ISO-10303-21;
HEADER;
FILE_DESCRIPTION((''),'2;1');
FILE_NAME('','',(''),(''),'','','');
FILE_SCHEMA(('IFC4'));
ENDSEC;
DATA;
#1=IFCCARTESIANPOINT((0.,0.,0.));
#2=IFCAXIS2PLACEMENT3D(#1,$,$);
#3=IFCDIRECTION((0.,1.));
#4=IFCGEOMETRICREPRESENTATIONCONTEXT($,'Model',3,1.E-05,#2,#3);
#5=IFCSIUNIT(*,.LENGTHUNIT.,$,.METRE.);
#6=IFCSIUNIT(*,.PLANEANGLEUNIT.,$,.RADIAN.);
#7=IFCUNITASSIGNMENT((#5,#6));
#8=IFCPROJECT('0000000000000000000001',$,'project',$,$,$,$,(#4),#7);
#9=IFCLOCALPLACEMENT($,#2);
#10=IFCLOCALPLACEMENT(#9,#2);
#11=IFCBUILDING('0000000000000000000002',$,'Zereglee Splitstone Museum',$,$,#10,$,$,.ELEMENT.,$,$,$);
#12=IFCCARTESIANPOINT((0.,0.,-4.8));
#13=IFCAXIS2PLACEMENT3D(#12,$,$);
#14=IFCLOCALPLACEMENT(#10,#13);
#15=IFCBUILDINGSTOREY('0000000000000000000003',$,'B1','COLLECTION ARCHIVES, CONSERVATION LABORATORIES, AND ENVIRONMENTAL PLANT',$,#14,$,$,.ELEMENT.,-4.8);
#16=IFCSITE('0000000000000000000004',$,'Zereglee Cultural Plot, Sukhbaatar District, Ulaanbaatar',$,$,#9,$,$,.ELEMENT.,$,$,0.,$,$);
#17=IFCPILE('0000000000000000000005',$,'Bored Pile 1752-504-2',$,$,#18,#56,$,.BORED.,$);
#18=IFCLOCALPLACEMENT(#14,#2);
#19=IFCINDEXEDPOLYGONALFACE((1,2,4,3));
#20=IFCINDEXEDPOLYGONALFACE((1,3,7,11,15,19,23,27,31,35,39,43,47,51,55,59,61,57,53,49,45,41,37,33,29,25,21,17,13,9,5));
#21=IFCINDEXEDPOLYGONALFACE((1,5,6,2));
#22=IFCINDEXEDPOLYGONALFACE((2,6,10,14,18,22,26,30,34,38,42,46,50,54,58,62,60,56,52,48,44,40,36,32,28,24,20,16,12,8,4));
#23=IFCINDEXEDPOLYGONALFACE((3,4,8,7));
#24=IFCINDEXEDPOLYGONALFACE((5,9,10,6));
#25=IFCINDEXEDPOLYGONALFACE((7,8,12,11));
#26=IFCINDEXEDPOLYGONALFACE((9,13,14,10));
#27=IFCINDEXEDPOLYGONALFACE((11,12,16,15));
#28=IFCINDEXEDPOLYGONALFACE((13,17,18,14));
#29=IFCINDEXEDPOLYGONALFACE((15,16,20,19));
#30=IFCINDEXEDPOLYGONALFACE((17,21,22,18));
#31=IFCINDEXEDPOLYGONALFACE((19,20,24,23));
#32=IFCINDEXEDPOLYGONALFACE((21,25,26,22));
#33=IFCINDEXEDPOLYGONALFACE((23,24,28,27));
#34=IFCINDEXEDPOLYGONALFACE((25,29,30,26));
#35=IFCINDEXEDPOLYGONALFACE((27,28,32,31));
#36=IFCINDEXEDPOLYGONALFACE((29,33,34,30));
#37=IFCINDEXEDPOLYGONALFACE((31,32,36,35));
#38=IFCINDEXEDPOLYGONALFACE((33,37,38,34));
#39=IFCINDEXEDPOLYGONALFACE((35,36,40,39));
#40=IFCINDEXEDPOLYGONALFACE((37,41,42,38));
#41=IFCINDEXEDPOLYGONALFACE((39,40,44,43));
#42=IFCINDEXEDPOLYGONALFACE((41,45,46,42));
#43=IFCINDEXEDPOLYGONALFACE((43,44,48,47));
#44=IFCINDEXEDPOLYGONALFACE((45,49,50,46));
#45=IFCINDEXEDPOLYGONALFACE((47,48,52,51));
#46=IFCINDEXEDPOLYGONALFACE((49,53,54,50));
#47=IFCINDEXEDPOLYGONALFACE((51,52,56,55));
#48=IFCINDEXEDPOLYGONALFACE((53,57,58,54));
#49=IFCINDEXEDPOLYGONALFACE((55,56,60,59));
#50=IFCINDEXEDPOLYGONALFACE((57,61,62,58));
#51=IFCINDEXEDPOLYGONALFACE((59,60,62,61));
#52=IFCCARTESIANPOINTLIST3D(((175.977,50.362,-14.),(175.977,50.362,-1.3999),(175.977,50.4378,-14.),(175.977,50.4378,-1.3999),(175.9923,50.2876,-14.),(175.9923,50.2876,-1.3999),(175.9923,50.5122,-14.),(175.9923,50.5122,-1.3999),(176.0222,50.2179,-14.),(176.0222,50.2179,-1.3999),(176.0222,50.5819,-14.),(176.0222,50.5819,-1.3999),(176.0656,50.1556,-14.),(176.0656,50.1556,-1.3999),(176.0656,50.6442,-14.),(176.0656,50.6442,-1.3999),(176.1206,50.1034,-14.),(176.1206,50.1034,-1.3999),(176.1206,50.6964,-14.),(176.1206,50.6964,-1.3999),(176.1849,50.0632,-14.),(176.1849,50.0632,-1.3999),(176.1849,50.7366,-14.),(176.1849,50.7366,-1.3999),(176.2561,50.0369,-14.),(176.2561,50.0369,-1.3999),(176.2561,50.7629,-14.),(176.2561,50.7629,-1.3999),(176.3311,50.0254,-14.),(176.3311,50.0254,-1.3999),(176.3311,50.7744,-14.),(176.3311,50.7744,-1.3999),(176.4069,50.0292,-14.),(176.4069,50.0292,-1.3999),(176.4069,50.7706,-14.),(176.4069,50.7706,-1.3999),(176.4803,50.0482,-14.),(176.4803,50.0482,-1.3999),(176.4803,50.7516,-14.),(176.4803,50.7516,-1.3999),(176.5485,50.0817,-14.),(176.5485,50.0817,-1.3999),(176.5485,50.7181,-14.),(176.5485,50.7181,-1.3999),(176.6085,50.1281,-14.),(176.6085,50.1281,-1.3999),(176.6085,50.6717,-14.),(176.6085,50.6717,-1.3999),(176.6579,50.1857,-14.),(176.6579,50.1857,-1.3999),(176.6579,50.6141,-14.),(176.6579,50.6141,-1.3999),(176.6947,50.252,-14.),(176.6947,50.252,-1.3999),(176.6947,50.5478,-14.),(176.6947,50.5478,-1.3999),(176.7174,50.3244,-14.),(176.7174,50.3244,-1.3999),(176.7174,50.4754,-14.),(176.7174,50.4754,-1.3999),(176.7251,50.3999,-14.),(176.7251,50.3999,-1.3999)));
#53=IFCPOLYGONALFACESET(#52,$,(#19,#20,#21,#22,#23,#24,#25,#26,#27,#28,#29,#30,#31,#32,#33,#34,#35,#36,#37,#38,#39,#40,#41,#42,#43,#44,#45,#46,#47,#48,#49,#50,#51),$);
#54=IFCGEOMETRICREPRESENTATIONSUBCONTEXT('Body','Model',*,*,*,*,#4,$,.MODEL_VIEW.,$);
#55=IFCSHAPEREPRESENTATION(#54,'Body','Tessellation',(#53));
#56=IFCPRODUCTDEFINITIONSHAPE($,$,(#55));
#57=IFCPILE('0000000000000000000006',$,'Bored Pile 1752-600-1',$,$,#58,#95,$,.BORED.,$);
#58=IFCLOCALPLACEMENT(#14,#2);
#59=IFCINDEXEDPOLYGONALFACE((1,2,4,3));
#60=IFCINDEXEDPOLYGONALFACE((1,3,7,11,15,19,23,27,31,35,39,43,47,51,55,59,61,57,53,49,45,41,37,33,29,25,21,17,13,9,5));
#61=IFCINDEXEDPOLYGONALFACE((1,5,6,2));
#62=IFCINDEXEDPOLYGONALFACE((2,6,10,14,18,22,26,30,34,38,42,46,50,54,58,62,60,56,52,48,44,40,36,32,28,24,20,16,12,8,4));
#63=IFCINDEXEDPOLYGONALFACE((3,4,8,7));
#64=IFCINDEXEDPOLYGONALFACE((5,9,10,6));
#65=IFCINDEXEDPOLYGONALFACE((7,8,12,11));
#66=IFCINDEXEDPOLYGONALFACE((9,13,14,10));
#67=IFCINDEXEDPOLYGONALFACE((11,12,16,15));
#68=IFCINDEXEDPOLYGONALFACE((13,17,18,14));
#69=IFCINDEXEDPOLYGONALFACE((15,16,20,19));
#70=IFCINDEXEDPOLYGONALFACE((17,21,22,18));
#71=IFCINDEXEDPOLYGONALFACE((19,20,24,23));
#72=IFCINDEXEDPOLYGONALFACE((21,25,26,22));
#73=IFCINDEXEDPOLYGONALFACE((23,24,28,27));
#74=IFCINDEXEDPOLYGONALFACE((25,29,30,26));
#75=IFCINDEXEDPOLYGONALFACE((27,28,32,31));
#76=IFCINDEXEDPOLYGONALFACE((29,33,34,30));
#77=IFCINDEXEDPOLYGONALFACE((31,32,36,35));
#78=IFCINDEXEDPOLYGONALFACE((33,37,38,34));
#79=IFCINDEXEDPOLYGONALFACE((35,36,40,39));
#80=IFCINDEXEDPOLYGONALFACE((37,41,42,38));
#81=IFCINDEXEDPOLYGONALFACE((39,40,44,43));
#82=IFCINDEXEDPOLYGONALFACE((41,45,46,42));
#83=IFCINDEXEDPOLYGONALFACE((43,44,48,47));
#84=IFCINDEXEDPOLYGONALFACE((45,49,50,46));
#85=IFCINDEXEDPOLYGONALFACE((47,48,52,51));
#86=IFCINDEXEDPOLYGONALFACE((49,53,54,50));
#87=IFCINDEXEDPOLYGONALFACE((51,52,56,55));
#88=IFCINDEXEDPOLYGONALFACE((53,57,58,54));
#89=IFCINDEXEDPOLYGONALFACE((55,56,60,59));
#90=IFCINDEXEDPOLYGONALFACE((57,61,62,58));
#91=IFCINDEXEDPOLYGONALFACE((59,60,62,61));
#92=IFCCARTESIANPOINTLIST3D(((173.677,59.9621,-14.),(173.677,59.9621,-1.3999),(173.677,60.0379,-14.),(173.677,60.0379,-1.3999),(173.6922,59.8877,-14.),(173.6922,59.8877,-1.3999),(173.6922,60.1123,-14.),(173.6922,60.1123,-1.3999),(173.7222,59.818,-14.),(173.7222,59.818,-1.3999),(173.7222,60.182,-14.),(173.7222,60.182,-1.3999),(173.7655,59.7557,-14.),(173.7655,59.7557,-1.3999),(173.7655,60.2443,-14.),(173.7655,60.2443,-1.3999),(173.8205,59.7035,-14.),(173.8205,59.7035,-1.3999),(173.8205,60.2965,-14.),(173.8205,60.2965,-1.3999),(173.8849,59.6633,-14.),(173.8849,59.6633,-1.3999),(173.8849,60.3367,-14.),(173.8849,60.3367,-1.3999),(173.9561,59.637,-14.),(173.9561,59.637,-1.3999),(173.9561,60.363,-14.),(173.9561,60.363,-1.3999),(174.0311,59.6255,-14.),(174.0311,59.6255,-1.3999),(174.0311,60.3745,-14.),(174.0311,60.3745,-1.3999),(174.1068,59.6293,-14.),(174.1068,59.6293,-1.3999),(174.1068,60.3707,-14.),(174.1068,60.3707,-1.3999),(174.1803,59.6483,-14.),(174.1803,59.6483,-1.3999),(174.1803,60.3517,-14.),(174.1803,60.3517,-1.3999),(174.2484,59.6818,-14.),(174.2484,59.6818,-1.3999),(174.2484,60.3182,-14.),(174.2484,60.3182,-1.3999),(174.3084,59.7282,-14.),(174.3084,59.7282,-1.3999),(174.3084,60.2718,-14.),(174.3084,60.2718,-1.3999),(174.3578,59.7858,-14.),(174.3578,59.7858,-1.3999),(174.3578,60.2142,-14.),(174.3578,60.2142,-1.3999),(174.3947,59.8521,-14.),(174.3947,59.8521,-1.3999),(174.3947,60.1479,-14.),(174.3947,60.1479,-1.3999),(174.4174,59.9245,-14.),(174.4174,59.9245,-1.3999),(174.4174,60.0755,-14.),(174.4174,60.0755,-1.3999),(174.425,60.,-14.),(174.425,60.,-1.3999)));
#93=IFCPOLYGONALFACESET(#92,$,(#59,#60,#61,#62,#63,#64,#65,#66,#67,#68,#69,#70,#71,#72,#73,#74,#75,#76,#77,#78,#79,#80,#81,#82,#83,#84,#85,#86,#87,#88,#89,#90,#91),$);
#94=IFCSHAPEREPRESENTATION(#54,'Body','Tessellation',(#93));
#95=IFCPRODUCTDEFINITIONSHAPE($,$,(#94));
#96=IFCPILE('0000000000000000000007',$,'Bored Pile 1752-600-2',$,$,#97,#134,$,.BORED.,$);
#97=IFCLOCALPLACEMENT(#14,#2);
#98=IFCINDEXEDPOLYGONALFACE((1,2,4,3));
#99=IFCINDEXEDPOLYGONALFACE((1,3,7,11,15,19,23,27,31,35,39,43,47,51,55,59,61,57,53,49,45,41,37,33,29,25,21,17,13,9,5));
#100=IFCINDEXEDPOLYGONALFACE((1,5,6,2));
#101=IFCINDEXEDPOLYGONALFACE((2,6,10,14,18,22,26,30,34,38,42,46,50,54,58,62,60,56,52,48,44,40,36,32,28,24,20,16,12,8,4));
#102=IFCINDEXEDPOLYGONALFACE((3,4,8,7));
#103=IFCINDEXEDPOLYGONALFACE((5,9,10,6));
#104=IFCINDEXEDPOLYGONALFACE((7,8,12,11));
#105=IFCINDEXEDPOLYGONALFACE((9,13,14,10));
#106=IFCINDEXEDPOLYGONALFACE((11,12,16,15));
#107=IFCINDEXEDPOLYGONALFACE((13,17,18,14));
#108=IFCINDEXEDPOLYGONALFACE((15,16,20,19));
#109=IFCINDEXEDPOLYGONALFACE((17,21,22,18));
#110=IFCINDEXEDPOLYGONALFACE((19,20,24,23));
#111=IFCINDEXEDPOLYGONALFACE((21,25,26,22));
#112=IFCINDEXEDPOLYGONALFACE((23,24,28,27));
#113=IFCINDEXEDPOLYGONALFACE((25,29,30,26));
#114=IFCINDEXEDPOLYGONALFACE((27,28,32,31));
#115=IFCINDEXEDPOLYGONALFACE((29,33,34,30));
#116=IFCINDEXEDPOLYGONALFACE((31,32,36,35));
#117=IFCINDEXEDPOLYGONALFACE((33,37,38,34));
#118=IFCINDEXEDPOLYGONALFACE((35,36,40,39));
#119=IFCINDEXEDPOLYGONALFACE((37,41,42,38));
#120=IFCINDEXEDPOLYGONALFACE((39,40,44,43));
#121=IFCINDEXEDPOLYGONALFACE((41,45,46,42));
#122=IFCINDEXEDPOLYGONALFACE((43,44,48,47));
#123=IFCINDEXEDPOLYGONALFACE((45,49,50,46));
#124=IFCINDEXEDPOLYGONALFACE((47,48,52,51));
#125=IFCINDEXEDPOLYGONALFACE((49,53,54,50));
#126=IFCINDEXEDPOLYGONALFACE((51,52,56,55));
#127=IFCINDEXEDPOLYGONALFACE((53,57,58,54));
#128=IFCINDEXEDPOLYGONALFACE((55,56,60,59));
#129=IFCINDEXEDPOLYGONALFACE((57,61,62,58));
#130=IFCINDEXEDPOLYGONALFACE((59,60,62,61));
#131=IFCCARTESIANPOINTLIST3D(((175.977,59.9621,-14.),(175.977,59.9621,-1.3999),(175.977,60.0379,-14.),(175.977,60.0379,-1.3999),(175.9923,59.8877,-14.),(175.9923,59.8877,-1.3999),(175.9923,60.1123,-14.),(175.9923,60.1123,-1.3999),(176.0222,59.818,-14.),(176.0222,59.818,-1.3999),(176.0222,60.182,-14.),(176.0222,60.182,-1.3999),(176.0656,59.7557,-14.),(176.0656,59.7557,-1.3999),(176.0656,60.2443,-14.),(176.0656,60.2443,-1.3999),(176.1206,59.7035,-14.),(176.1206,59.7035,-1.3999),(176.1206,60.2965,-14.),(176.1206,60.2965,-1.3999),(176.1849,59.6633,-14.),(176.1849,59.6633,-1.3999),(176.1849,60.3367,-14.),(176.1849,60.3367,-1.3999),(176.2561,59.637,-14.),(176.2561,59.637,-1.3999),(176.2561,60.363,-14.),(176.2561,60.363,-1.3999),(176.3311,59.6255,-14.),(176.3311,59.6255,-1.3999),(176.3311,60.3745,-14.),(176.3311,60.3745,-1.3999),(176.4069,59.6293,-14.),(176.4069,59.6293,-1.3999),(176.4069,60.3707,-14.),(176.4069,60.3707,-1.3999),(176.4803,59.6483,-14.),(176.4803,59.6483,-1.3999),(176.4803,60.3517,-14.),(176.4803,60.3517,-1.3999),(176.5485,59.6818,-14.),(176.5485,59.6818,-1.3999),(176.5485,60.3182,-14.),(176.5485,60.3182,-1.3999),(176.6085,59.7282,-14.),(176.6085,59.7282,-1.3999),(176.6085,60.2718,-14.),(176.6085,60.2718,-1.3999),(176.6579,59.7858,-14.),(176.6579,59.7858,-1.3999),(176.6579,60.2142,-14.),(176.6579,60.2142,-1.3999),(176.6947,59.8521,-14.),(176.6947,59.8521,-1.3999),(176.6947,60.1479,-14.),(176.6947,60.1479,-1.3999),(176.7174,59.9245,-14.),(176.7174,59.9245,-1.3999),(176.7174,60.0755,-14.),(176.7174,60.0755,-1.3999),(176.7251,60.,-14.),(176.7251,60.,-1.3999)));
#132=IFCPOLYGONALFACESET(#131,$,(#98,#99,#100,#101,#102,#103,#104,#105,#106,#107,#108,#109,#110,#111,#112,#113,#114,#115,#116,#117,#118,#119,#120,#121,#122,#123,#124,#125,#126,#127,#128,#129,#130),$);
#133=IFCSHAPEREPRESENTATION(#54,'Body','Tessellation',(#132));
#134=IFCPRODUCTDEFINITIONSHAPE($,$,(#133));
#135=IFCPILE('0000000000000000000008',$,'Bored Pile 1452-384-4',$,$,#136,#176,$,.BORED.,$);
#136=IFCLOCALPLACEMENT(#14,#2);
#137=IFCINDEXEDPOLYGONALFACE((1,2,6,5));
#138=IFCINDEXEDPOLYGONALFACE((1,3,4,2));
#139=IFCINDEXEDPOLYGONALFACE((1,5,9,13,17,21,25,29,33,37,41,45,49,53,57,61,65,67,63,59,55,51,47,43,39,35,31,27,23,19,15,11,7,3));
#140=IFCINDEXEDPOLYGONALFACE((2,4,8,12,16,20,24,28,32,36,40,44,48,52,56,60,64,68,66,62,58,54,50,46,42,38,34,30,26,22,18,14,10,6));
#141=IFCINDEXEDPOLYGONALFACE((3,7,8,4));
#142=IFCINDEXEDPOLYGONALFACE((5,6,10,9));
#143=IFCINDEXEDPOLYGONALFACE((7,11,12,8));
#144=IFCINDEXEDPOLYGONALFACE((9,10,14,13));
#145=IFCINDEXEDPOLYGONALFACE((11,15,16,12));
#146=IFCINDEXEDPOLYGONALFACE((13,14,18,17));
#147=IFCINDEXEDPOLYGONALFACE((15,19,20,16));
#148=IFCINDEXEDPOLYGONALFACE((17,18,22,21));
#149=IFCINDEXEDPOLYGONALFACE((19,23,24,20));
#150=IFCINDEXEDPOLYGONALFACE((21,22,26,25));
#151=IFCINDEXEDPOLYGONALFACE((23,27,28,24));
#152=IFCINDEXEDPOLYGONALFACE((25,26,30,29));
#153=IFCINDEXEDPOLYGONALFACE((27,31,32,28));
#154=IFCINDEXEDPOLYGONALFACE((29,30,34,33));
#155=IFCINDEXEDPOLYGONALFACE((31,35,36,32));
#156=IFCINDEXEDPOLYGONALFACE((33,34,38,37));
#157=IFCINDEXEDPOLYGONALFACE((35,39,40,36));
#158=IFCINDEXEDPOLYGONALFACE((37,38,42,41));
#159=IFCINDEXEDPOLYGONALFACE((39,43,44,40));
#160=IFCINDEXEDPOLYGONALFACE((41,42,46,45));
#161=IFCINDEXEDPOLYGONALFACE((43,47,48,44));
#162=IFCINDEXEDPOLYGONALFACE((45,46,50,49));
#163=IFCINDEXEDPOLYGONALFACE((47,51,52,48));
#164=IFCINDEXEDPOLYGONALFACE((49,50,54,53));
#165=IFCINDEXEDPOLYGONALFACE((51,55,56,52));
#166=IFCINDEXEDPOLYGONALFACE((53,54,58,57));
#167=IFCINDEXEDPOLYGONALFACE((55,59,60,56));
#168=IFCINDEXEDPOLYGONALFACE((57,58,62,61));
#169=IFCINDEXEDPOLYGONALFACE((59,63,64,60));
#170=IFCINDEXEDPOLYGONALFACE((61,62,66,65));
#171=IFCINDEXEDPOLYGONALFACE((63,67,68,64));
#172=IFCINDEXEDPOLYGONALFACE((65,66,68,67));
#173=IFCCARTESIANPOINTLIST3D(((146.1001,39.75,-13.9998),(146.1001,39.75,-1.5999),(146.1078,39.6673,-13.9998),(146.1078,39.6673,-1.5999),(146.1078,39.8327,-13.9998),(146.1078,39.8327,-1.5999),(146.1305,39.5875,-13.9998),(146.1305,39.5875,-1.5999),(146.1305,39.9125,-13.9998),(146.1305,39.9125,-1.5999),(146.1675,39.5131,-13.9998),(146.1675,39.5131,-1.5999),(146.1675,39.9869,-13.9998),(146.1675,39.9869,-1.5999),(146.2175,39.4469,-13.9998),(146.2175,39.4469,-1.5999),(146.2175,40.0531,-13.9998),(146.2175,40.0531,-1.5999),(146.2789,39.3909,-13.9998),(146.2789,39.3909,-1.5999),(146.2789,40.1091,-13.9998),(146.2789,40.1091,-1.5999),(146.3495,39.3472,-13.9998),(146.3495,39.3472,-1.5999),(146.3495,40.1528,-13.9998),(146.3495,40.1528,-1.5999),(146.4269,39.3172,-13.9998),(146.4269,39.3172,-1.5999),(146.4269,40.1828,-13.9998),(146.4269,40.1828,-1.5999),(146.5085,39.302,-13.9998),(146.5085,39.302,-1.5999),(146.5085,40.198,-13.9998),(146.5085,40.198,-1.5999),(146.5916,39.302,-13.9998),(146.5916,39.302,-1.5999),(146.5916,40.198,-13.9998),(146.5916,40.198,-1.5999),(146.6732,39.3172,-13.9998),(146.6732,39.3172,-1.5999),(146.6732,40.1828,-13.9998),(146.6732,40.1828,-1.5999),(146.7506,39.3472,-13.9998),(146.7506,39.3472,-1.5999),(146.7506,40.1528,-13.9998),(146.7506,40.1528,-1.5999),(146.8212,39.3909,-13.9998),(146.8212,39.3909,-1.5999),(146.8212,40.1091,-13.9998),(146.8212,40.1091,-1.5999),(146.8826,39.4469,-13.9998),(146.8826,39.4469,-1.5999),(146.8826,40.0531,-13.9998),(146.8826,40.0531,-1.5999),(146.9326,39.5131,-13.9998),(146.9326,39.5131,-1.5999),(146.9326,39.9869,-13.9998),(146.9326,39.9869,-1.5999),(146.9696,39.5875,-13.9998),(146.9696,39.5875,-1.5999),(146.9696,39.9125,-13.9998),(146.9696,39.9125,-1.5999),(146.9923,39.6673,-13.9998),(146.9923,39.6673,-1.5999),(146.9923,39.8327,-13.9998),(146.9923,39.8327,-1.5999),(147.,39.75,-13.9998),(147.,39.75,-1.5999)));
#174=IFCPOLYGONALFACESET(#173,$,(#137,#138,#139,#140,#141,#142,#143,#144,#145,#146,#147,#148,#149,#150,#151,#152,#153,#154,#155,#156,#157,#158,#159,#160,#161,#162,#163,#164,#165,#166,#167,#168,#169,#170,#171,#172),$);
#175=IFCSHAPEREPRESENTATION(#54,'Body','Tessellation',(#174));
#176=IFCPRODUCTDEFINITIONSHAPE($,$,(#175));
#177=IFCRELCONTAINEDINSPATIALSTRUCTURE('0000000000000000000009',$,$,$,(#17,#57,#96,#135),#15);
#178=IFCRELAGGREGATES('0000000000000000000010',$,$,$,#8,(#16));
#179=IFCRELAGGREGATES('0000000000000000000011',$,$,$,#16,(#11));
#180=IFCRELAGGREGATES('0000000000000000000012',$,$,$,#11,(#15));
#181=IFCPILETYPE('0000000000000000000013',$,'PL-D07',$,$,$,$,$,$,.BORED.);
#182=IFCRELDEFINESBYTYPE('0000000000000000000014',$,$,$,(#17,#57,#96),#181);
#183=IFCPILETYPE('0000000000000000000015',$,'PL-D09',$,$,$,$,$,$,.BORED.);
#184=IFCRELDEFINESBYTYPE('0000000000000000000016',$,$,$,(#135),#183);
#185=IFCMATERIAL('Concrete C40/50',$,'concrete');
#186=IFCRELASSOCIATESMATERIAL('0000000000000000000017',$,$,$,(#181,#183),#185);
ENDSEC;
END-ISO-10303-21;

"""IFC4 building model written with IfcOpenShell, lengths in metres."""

from ifc_helpers import new_model, si_unit, direction, frame, origin, origin_2d, place, context, subcontext, project, spatial, circle, extrude, material, material_profile, profile_set, type_object, element, save


model = new_model("IFC4")

# Units and contexts
model_context = context("Model", 3, precision=1e-05, world=origin(), true_north=direction((0.0, 1.0)))
body_context = subcontext(model_context, "Body", "Model", "MODEL_VIEW")
ifc_project = project(units=[si_unit("LENGTHUNIT", "METRE"), si_unit("PLANEANGLEUNIT", "RADIAN")], contexts=[model_context])

# Site, building, storey
site_placement = place(None, origin())
site = spatial("IfcSite", under=ifc_project, at=site_placement, Name="Zereglee Cultural Plot, Sukhbaatar District, Ulaanbaatar", CompositionType="ELEMENT", RefElevation=0.0)
building_placement = place(site_placement, origin())
building = spatial("IfcBuilding", under=site, at=building_placement, Name="Zereglee Splitstone Museum", CompositionType="ELEMENT")
storey_placement = place(building_placement, frame((0.0, 0.0, -4.8)))
storey = spatial("IfcBuildingStorey", under=building, at=storey_placement, Name="B1", Description="COLLECTION ARCHIVES, CONSERVATION LABORATORIES, AND ENVIRONMENTAL PLANT", CompositionType="ELEMENT", Elevation=-4.8)

# Shared definitions
ifc_material_1 = material(Name="Concrete C40/50", Category="concrete")

# Piles
ifc_material_profile_1 = material_profile(ifc_material_1, circle(Radius=0.375, at=origin_2d()), Name="PILE D750")
ifc_profile_set_1 = profile_set([ifc_material_profile_1], Name="Concrete C40/50")
pile_type_1 = type_object("IfcPileType", Name="PL-D07", PredefinedType="BORED", material=ifc_profile_set_1)
for number, where, z_axis, x_axis, name in (
    (1, (176.3501, 50.3999, -1.3999), (0.0, 0.0, -1.0), (1.0, 0.0, 0.0), "Bored Pile 1752-504-2"),
    (2, (174.05, 60.0, -1.3999), (0.0, 0.0, -1.0), (1.0, 0.0, 0.0), "Bored Pile 1752-600-1"),
    (3, (176.3501, 60.0, -1.3999), (0.0, 0.0, -1.0), (1.0, 0.0, 0.0), "Bored Pile 1752-600-2"),
):
    element("IfcPile", number, at=place(storey_placement, frame(where, z_axis=z_axis, x_axis=x_axis)), inside=storey, type_object=pile_type_1, Name=name, PredefinedType="BORED", context=body_context, shape_type="SweptSolid", body=[
        extrude(circle(Radius=0.375, at=origin_2d()), origin(), (0.0, 0.0, 1.0), 12.6001),
    ])
ifc_material_profile_2 = material_profile(ifc_material_1, circle(Radius=0.45, at=origin_2d()), Name="PILE D900")
ifc_profile_set_2 = profile_set([ifc_material_profile_2], Name="Concrete C40/50")
pile_type_2 = type_object("IfcPileType", Name="PL-D09", PredefinedType="BORED", material=ifc_profile_set_2)
pile_placement = place(storey_placement, frame((146.55, 39.75, -1.5999), z_axis=(0.0, 0.0, -1.0), x_axis=(1.0, 0.0, 0.0)))
element("IfcPile", 4, at=pile_placement, inside=storey, type_object=pile_type_2, Name="Bored Pile 1452-384-4", PredefinedType="BORED", context=body_context, shape_type="SweptSolid", body=[
    extrude(circle(Radius=0.45, at=origin_2d()), origin(), (0.0, 0.0, 1.0), 12.3999),
])

save(model, "model.ifc")
